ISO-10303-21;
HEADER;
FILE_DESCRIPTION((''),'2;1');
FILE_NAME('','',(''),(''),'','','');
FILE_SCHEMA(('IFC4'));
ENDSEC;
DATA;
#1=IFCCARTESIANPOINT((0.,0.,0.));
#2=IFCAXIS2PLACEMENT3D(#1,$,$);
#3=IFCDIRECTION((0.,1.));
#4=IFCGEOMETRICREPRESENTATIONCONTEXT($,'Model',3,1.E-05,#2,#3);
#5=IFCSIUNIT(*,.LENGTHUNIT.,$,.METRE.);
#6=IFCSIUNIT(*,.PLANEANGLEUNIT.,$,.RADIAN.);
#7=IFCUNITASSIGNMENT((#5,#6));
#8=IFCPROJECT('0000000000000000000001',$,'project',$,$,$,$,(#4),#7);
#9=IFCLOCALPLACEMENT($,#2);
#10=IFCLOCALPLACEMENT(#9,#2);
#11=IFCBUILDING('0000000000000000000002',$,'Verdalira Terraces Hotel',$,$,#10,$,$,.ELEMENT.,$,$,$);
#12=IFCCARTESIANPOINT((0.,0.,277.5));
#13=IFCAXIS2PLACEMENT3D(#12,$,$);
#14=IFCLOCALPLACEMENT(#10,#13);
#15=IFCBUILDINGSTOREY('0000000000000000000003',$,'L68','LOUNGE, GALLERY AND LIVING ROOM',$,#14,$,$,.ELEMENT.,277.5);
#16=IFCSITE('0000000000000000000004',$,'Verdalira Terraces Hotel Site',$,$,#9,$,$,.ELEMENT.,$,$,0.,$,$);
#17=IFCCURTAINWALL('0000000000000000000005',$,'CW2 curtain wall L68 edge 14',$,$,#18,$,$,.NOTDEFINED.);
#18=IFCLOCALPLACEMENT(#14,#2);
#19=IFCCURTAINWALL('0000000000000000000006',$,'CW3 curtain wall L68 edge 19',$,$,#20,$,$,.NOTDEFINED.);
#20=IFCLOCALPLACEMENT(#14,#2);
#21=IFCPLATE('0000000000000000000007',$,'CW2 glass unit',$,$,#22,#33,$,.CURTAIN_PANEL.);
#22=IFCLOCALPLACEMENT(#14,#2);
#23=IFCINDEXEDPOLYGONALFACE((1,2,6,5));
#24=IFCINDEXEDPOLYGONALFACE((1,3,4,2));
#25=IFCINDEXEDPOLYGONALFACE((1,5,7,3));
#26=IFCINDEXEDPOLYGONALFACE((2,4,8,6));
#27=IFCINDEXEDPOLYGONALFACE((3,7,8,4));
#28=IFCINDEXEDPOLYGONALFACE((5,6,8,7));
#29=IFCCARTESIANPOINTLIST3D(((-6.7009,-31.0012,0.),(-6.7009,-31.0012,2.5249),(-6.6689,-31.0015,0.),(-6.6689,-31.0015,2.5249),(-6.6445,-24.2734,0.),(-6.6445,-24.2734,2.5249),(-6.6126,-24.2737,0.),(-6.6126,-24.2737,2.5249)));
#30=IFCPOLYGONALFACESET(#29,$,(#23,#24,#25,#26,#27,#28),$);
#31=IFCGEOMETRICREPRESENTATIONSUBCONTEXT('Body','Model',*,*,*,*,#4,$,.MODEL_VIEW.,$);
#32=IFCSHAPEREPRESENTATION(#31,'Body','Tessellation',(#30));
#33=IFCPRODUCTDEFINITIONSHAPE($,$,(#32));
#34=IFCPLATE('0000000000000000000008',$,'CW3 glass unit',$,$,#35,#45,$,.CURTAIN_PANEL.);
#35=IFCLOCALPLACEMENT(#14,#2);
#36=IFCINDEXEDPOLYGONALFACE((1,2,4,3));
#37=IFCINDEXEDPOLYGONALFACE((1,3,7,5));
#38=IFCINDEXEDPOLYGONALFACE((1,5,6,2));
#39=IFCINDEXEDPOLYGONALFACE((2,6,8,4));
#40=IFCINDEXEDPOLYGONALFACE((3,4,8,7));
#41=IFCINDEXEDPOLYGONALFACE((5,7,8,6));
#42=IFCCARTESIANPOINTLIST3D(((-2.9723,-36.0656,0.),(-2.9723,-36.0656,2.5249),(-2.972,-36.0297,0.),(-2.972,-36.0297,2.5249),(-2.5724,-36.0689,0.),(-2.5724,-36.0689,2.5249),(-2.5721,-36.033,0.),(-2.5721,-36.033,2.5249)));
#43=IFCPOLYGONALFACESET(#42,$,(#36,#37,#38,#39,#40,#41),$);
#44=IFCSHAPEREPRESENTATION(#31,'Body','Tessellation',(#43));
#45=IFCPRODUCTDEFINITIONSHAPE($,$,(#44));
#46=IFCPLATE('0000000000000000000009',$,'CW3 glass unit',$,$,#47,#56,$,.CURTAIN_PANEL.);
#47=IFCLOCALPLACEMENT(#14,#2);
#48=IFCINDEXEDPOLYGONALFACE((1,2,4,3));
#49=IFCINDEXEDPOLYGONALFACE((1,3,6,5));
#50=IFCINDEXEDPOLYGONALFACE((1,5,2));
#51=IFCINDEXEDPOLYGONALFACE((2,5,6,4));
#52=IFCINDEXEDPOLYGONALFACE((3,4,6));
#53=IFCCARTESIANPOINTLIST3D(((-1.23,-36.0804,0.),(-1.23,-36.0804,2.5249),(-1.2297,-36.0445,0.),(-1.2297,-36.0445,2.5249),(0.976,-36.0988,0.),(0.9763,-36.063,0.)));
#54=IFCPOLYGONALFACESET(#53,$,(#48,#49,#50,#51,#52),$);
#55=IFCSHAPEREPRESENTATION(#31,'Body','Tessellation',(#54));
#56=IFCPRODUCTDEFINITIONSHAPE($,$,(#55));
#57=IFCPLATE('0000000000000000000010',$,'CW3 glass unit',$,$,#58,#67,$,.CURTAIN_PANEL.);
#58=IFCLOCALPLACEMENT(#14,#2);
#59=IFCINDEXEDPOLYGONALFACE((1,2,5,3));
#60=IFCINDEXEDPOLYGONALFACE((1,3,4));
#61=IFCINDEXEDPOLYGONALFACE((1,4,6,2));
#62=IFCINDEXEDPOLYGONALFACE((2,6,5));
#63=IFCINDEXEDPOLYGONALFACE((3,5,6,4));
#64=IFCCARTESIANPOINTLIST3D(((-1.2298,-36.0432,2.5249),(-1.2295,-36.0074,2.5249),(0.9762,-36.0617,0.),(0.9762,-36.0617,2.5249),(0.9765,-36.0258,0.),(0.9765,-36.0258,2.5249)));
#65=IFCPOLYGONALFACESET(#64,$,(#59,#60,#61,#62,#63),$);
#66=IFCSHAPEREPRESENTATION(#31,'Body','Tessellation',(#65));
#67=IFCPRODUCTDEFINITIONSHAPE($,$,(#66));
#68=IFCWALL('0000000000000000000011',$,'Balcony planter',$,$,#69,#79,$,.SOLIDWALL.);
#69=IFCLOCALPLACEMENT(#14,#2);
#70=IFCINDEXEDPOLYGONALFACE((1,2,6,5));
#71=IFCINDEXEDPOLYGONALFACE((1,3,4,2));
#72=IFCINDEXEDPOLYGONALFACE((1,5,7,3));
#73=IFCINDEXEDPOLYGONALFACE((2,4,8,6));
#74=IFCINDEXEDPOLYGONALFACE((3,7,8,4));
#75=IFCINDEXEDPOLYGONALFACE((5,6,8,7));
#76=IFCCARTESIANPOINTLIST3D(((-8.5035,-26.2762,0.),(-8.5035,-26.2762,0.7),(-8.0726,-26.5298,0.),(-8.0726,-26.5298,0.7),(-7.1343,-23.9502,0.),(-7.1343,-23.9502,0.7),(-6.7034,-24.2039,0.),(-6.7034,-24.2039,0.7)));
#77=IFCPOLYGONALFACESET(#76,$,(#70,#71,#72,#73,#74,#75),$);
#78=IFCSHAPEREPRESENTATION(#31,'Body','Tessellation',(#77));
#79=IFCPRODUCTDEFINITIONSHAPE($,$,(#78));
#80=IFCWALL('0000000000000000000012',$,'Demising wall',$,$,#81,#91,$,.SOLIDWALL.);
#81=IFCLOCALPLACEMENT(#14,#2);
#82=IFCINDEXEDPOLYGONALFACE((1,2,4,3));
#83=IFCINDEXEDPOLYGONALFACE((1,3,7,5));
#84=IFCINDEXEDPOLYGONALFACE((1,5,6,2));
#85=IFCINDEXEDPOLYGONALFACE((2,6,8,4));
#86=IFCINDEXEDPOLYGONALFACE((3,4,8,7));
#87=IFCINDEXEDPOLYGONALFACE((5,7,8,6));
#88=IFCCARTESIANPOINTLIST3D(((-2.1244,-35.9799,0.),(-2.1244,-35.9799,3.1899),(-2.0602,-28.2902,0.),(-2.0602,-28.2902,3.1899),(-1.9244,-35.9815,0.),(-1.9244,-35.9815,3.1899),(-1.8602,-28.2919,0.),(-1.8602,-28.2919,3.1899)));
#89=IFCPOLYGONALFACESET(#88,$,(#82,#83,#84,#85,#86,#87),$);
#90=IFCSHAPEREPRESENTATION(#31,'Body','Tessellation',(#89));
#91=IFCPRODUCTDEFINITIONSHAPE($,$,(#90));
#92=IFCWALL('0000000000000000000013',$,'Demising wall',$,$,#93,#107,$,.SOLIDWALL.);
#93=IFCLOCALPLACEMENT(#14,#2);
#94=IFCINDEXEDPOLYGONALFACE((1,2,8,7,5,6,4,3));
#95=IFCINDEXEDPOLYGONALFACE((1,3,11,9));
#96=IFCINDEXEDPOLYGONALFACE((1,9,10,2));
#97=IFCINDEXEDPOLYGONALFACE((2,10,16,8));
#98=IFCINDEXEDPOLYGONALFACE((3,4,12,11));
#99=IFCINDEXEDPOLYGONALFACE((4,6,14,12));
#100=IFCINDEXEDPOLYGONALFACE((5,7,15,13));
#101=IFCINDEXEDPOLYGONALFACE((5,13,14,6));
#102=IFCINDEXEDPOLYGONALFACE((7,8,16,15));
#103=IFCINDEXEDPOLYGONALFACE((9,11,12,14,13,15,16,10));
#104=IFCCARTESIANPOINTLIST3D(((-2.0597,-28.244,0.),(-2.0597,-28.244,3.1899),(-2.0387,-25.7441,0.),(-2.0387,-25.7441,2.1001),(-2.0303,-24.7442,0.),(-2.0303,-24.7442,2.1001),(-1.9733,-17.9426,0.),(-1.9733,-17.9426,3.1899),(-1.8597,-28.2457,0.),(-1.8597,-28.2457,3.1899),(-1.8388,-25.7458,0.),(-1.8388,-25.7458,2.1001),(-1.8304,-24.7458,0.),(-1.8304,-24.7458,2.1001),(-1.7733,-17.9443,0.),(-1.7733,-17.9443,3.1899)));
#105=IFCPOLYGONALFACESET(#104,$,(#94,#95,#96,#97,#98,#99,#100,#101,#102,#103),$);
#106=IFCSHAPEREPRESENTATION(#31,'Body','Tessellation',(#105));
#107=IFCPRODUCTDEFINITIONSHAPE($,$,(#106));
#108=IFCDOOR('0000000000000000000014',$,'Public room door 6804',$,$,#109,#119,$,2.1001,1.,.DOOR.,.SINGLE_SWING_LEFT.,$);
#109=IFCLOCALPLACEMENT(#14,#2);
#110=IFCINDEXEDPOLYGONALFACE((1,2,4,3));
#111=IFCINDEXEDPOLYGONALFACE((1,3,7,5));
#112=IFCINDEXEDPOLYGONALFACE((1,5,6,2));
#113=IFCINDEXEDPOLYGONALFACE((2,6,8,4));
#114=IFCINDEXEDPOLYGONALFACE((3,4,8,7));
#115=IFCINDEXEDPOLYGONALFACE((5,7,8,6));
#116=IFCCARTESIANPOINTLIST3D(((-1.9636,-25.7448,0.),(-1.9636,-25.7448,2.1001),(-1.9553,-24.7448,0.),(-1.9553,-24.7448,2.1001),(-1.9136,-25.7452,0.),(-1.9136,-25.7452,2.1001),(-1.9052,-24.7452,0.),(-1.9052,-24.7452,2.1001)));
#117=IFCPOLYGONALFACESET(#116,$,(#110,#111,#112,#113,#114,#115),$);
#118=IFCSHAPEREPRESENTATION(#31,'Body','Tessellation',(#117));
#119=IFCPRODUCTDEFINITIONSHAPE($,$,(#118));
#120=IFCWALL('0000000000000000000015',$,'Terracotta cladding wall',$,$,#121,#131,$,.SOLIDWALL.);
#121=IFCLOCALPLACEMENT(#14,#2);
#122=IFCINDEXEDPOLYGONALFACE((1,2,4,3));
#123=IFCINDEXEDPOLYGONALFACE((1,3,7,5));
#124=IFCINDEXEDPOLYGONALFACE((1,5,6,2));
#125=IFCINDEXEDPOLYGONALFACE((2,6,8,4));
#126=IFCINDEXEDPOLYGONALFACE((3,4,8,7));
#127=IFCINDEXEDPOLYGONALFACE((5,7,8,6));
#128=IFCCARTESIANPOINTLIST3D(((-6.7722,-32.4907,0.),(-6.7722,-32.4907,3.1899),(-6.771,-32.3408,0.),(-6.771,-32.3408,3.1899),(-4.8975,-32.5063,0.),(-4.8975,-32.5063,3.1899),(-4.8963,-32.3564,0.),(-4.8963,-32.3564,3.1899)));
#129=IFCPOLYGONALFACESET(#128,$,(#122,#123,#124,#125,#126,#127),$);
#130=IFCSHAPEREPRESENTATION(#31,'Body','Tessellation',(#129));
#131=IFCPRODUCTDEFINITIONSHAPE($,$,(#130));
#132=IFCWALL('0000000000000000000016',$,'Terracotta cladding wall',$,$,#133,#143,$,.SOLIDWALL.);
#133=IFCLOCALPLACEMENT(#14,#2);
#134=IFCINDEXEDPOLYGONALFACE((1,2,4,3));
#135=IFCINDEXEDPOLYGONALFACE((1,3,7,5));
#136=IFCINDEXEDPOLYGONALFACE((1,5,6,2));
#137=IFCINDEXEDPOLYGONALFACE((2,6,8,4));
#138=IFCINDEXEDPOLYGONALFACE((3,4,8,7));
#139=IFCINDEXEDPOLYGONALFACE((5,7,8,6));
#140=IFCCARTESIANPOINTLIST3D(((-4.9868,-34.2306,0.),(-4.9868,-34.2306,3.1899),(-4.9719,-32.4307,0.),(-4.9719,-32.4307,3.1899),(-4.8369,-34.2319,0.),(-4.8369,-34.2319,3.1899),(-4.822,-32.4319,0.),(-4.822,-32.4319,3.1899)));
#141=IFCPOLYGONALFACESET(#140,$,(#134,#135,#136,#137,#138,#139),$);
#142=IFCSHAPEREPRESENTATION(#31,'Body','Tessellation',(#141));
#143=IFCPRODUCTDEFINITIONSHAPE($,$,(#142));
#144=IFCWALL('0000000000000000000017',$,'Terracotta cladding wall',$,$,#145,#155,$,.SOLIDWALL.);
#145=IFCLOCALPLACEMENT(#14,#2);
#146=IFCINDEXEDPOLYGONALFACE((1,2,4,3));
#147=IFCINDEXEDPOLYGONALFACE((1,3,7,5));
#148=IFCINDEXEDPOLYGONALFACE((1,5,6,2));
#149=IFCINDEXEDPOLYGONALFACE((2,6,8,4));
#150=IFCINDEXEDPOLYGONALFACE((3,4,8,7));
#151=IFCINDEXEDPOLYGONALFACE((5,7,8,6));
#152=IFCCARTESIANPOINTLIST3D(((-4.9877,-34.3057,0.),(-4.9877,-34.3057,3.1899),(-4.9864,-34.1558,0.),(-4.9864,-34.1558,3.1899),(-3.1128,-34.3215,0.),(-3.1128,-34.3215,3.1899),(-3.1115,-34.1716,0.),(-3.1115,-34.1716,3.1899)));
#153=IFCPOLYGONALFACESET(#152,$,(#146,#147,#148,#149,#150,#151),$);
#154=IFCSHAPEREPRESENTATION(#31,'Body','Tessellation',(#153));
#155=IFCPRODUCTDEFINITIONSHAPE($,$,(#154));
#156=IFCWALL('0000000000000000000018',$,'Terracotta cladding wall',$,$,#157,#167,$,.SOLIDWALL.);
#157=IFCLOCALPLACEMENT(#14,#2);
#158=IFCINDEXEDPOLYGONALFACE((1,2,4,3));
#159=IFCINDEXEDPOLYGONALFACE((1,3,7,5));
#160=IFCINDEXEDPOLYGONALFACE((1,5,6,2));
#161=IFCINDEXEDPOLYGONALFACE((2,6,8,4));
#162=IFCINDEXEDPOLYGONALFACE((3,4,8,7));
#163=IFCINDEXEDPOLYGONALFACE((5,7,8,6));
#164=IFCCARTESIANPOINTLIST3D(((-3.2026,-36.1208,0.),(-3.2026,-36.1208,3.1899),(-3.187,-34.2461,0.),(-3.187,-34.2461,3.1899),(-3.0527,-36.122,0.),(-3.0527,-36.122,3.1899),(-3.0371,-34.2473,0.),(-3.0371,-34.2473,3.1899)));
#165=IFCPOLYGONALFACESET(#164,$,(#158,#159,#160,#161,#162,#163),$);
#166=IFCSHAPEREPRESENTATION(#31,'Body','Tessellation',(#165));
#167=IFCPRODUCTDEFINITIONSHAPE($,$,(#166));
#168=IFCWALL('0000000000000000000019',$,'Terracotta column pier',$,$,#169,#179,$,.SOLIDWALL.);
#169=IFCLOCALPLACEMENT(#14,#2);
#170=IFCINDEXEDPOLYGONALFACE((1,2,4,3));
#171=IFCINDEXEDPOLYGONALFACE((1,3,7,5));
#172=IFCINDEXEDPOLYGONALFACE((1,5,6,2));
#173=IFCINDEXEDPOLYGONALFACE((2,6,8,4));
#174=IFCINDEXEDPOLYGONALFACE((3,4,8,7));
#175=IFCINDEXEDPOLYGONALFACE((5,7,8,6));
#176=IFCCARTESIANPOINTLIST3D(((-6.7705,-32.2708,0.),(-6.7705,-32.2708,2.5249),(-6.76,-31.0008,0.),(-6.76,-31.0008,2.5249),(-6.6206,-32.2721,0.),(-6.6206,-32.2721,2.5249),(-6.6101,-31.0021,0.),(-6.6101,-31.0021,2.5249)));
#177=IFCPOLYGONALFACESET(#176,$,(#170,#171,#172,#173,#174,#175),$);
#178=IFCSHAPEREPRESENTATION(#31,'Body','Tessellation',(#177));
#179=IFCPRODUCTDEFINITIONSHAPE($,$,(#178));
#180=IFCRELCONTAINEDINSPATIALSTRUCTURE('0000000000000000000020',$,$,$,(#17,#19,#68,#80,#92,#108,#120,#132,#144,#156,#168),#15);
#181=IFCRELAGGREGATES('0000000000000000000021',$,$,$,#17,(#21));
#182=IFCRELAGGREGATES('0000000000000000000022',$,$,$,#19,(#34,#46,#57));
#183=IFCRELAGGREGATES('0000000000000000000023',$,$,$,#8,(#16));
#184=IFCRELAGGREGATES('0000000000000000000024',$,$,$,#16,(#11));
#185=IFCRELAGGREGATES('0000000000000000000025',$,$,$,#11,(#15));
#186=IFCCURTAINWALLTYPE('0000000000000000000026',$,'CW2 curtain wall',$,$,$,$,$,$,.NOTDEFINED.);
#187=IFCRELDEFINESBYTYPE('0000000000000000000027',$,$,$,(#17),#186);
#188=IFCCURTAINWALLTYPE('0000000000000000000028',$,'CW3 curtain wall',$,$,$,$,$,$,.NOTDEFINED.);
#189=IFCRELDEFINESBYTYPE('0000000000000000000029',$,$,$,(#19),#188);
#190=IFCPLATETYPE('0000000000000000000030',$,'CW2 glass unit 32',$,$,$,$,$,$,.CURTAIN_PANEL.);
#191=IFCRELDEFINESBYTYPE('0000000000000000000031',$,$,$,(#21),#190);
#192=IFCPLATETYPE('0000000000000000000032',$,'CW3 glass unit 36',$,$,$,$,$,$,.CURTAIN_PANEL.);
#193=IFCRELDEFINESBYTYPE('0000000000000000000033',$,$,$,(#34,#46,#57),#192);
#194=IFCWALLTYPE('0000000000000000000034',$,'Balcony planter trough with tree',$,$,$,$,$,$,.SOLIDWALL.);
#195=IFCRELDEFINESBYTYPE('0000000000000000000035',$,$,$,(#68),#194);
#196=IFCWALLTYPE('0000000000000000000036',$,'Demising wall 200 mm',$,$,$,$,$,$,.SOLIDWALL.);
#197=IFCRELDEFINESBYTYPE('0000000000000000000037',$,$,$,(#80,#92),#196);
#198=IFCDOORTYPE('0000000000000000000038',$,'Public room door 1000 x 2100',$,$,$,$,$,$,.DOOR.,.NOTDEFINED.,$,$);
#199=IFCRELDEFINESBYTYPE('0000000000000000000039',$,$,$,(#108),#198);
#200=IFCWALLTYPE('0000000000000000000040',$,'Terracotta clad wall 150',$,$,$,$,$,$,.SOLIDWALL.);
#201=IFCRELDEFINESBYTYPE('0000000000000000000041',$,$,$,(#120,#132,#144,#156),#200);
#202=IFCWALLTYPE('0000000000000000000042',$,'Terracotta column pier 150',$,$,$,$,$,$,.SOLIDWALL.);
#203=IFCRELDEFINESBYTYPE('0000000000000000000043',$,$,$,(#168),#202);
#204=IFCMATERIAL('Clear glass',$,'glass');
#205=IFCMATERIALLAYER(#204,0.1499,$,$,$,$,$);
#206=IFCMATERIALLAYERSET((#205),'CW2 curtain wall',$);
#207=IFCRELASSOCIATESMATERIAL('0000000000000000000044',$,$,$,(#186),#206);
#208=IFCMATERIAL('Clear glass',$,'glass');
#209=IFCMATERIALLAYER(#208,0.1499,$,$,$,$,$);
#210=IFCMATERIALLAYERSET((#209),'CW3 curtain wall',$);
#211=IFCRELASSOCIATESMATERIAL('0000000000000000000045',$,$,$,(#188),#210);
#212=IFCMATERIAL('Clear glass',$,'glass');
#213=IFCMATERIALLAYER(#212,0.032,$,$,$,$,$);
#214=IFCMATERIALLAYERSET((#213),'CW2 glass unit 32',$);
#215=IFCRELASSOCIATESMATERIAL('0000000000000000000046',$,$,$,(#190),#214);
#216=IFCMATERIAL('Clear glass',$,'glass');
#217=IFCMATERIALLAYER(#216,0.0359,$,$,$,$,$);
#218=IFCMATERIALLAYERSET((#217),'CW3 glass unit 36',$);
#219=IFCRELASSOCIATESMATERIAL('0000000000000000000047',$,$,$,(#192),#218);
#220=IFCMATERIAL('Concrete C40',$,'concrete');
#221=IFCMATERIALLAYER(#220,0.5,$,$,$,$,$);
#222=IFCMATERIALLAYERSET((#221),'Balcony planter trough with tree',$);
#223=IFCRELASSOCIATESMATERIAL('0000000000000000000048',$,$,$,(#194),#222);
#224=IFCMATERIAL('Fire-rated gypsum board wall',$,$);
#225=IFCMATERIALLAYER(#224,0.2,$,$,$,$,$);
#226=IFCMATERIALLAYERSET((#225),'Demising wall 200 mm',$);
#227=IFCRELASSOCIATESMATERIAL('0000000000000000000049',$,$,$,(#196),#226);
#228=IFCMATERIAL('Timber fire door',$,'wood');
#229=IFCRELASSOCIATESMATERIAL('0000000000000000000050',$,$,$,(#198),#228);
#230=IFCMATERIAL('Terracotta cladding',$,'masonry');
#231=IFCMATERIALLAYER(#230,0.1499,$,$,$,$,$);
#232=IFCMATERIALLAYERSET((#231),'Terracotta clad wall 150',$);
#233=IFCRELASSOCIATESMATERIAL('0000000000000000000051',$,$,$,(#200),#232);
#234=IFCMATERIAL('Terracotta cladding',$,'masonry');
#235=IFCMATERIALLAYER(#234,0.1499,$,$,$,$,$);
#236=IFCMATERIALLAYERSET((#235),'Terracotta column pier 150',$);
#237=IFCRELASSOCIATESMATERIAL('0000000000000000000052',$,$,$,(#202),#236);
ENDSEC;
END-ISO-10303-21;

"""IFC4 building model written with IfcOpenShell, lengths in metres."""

from ifc_helpers import new_model, si_unit, direction, frame, frame_2d, origin, origin_2d, place, context, subcontext, project, spatial, polyline, rectangle, outline, extrude, material, layer, layer_set, type_object, element, fill, aggregate, save


model = new_model("IFC4")

# Units and contexts
model_context = context("Model", 3, precision=1e-05, world=origin(), true_north=direction((0.0, 1.0)))
body_context = subcontext(model_context, "Body", "Model", "MODEL_VIEW")
ifc_project = project(units=[si_unit("LENGTHUNIT", "METRE"), si_unit("PLANEANGLEUNIT", "RADIAN")], contexts=[model_context])

# Site, building, storey
site_placement = place(None, origin())
site = spatial("IfcSite", under=ifc_project, at=site_placement, Name="Verdalira Terraces Hotel Site", CompositionType="ELEMENT", RefElevation=0.0)
building_placement = place(site_placement, origin())
building = spatial("IfcBuilding", under=site, at=building_placement, Name="Verdalira Terraces Hotel", CompositionType="ELEMENT")
storey_placement = place(building_placement, frame((0.0, 0.0, 277.5)))
storey = spatial("IfcBuildingStorey", under=building, at=storey_placement, Name="L68", Description="LOUNGE, GALLERY AND LIVING ROOM", CompositionType="ELEMENT", Elevation=277.5)

# Curtain walls
ifc_material_1 = material(Name="Clear glass", Category="glass")
ifc_layer_1 = layer(ifc_material_1, 0.1499)
ifc_layer_set_1 = layer_set([ifc_layer_1], Name="CW2 curtain wall")
curtain_wall_type_1 = type_object("IfcCurtainWallType", Name="CW2 curtain wall", PredefinedType="NOTDEFINED", material=ifc_layer_set_1)
curtain_wall_1_placement = place(storey_placement, origin())
curtain_wall_1 = element("IfcCurtainWall", 1, at=curtain_wall_1_placement, inside=storey, type_object=curtain_wall_type_1, Name="CW2 curtain wall L68 edge 14", PredefinedType="NOTDEFINED")
ifc_material_2 = material(Name="Clear glass", Category="glass")
ifc_layer_2 = layer(ifc_material_2, 0.1499)
ifc_layer_set_2 = layer_set([ifc_layer_2], Name="CW3 curtain wall")
curtain_wall_type_2 = type_object("IfcCurtainWallType", Name="CW3 curtain wall", PredefinedType="NOTDEFINED", material=ifc_layer_set_2)
curtain_wall_2_placement = place(storey_placement, origin())
curtain_wall_2 = element("IfcCurtainWall", 2, at=curtain_wall_2_placement, inside=storey, type_object=curtain_wall_type_2, Name="CW3 curtain wall L68 edge 19", PredefinedType="NOTDEFINED")

# Plates
ifc_material_3 = material(Name="Clear glass", Category="glass")
ifc_layer_3 = layer(ifc_material_3, 0.032)
ifc_layer_set_3 = layer_set([ifc_layer_3], Name="CW2 glass unit 32")
plate_type_1 = type_object("IfcPlateType", Name="CW2 glass unit 32", PredefinedType="CURTAIN_PANEL", material=ifc_layer_set_3)
plate_1_placement = place(storey_placement, frame((-6.6567, -27.6375, 0.0), z_axis=(0.0, 0.0, 1.0), x_axis=(-0.008377, -0.999965, 0.0)))
plate_1 = element("IfcPlate", 3, at=plate_1_placement, type_object=plate_type_1, Name="CW2 glass unit", PredefinedType="CURTAIN_PANEL", context=body_context, shape_type="SweptSolid", body=[
    extrude(rectangle(XDim=6.728, YDim=0.032, at=origin_2d()), origin(), (0.0, 0.0, 1.0), 2.5249),
])
aggregate(curtain_wall_1, [plate_1])
ifc_material_4 = material(Name="Clear glass", Category="glass")
ifc_layer_4 = layer(ifc_material_4, 0.0359)
ifc_layer_set_4 = layer_set([ifc_layer_4], Name="CW3 glass unit 36")
plate_type_2 = type_object("IfcPlateType", Name="CW3 glass unit 36", PredefinedType="CURTAIN_PANEL", material=ifc_layer_set_4)
plate_2_placement = place(storey_placement, frame((-2.7722, -36.0493, 0.0), z_axis=(0.0, 0.0, 1.0), x_axis=(0.999965, -0.008377, 0.0)))
plate_2 = element("IfcPlate", 4, at=plate_2_placement, type_object=plate_type_2, Name="CW3 glass unit", PredefinedType="CURTAIN_PANEL", context=body_context, shape_type="SweptSolid", body=[
    extrude(rectangle(XDim=0.3999, YDim=0.0359, at=origin_2d()), origin(), (0.0, 0.0, 1.0), 2.5249),
])
plate_3_placement = place(storey_placement, frame((-0.1267, -36.0537, 1.2625), z_axis=(-0.008377, -0.999965, 0.0), x_axis=(0.999965, -0.008377, 0.0)))
plate_3 = element("IfcPlate", 5, at=plate_3_placement, type_object=plate_type_2, Name="CW3 glass unit", PredefinedType="CURTAIN_PANEL", context=body_context, shape_type="SweptSolid", body=[
    extrude(outline(polyline([(-1.103, -1.2625), (1.103, -1.2625), (-1.103, 1.2625), (-1.103, -1.2625)])), origin(), (0.0, 0.0, 1.0), 0.0359),
])
plate_4_placement = place(storey_placement, frame((-0.1265, -36.0166, 1.2625), z_axis=(-0.008377, -0.999965, 0.0), x_axis=(0.999965, -0.008377, 0.0)))
plate_4 = element("IfcPlate", 6, at=plate_4_placement, type_object=plate_type_2, Name="CW3 glass unit", PredefinedType="CURTAIN_PANEL", context=body_context, shape_type="SweptSolid", body=[
    extrude(outline(polyline([(1.103, -1.2625), (1.103, 1.2625), (-1.103, 1.2625), (1.103, -1.2625)])), origin(), (0.0, 0.0, 1.0), 0.0359),
])
aggregate(curtain_wall_2, [plate_2, plate_3, plate_4])

# Walls
ifc_material_5 = material(Name="Concrete C40", Category="concrete")
ifc_layer_5 = layer(ifc_material_5, 0.5)
ifc_layer_set_5 = layer_set([ifc_layer_5], Name="Balcony planter trough with tree")
wall_type_1 = type_object("IfcWallType", Name="Balcony planter trough with tree", PredefinedType="SOLIDWALL", material=ifc_layer_set_5)
wall_1_placement = place(storey_placement, frame((-8.2881, -26.4031, 0.0), z_axis=(0.0, 0.0, 1.0), x_axis=(0.507281, 0.861781, 0.0)))
element("IfcWall", 7, at=wall_1_placement, inside=storey, type_object=wall_type_1, Name="Balcony planter", PredefinedType="SOLIDWALL", context=body_context, shape_type="SweptSolid", body=[
    extrude(rectangle(XDim=2.699, YDim=0.5, at=frame_2d((1.3496, 0.0))), origin(), (0.0, 0.0, 1.0), 0.7),
])
ifc_material_6 = material(Name="Fire-rated gypsum board wall")
ifc_layer_6 = layer(ifc_material_6, 0.2)
ifc_layer_set_6 = layer_set([ifc_layer_6], Name="Demising wall 200 mm")
wall_type_2 = type_object("IfcWallType", Name="Demising wall 200 mm", PredefinedType="SOLIDWALL", material=ifc_layer_set_6)
wall_2_placement = place(storey_placement, frame((-1.9602, -28.291, 0.0), z_axis=(0.0, 0.0, 1.0), x_axis=(-0.00835, -0.999965, 0.0)))
element("IfcWall", 8, at=wall_2_placement, inside=storey, type_object=wall_type_2, Name="Demising wall", PredefinedType="SOLIDWALL", context=body_context, shape_type="SweptSolid", body=[
    extrude(rectangle(XDim=7.6899, YDim=0.2, at=frame_2d((3.845, 0.0))), origin(), (0.0, 0.0, 1.0), 3.1899),
])

# Wall, opening, door
wall_3_placement = place(storey_placement, frame((-1.9597, -28.2449, 0.0), z_axis=(0.0, 0.0, 1.0), x_axis=(0.008389, 0.999965, 0.0)))
wall_3 = element("IfcWall", 9, at=wall_3_placement, inside=storey, type_object=wall_type_2, Name="Demising wall", PredefinedType="SOLIDWALL", context=body_context, shape_type="SweptSolid", body=[
    extrude(rectangle(XDim=10.3018, YDim=0.2, at=frame_2d((5.1509, 0.0))), origin(), (0.0, 0.0, 1.0), 3.1899),
])
opening_placement = place(wall_3_placement, frame((2.5, 0.0, 0.0)))
opening = element("IfcOpeningElement", 10, at=opening_placement, cuts=wall_3, PredefinedType="OPENING", context=body_context, shape_type="SweptSolid", body=[
    extrude(rectangle(XDim=1.0, YDim=2.1001, at=frame_2d((0.5, 1.05))), frame((0.0, 0.1099, 0.0), z_axis=(0.0, -1.0, 0.0), x_axis=(1.0, 0.0, 0.0)), (0.0, 0.0, 1.0), 0.22),
])
ifc_material_7 = material(Name="Timber fire door", Category="wood")
door_type = type_object("IfcDoorType", Name="Public room door 1000 x 2100", OperationType="NOTDEFINED", PredefinedType="DOOR", material=ifc_material_7)
door_placement = place(opening_placement, origin())
door = element("IfcDoor", 11, at=door_placement, inside=storey, type_object=door_type, Name="Public room door 6804", OperationType="SINGLE_SWING_LEFT", OverallHeight=2.1001, OverallWidth=1.0, PredefinedType="DOOR", context=body_context, shape_type="SweptSolid", body=[
    extrude(rectangle(XDim=1.0, YDim=2.1001, at=frame_2d((0.5, 1.05))), frame((0.0, 0.0249, 0.0), z_axis=(0.0, -1.0, 0.0), x_axis=(1.0, 0.0, 0.0)), (0.0, 0.0, 1.0), 0.05),
])
fill(opening, door)

# Walls
ifc_material_8 = material(Name="Terracotta cladding", Category="masonry")
ifc_layer_7 = layer(ifc_material_8, 0.1499)
ifc_layer_set_7 = layer_set([ifc_layer_7], Name="Terracotta clad wall 150")
wall_type_3 = type_object("IfcWallType", Name="Terracotta clad wall 150", PredefinedType="SOLIDWALL", material=ifc_layer_set_7)
wall_4_placement = place(storey_placement, frame((-6.7717, -32.4158, 0.0), z_axis=(0.0, 0.0, 1.0), x_axis=(0.999965, -0.008334, 0.0)))
element("IfcWall", 12, at=wall_4_placement, inside=storey, type_object=wall_type_3, Name="Terracotta cladding wall", PredefinedType="SOLIDWALL", context=body_context, shape_type="SweptSolid", body=[
    extrude(rectangle(XDim=1.8748, YDim=0.1499, at=frame_2d((0.9375, 0.0))), origin(), (0.0, 0.0, 1.0), 3.1899),
])
wall_5_placement = place(storey_placement, frame((-4.897, -32.4314, 0.0), z_axis=(0.0, 0.0, 1.0), x_axis=(-0.008273, -0.999966, 0.0)))
element("IfcWall", 13, at=wall_5_placement, inside=storey, type_object=wall_type_3, Name="Terracotta cladding wall", PredefinedType="SOLIDWALL", context=body_context, shape_type="SweptSolid", body=[
    extrude(rectangle(XDim=1.8, YDim=0.1499, at=frame_2d((0.8999, 0.0))), origin(), (0.0, 0.0, 1.0), 3.1899),
])
wall_6_placement = place(storey_placement, frame((-4.9871, -34.2307, 0.0), z_axis=(0.0, 0.0, 1.0), x_axis=(0.999964, -0.008463, 0.0)))
element("IfcWall", 14, at=wall_6_placement, inside=storey, type_object=wall_type_3, Name="Terracotta cladding wall", PredefinedType="SOLIDWALL", context=body_context, shape_type="SweptSolid", body=[
    extrude(rectangle(XDim=1.875, YDim=0.1499, at=frame_2d((0.9375, 0.0))), origin(), (0.0, 0.0, 1.0), 3.1899),
])
wall_7_placement = place(storey_placement, frame((-3.1121, -34.2466, 0.0), z_axis=(0.0, 0.0, 1.0), x_axis=(-0.008334, -0.999965, 0.0)))
element("IfcWall", 15, at=wall_7_placement, inside=storey, type_object=wall_type_3, Name="Terracotta cladding wall", PredefinedType="SOLIDWALL", context=body_context, shape_type="SweptSolid", body=[
    extrude(rectangle(XDim=1.8748, YDim=0.1499, at=frame_2d((0.9375, 0.0))), origin(), (0.0, 0.0, 1.0), 3.1899),
])
ifc_material_9 = material(Name="Terracotta cladding", Category="masonry")
ifc_layer_8 = layer(ifc_material_9, 0.1499)
ifc_layer_set_8 = layer_set([ifc_layer_8], Name="Terracotta column pier 150")
wall_type_4 = type_object("IfcWallType", Name="Terracotta column pier 150", PredefinedType="SOLIDWALL", material=ifc_layer_set_8)
wall_8_placement = place(storey_placement, frame((-6.6851, -31.0015, 0.0), z_axis=(0.0, 0.0, 1.0), x_axis=(-0.008266, -0.999966, 0.0)))
element("IfcWall", 16, at=wall_8_placement, inside=storey, type_object=wall_type_4, Name="Terracotta column pier", PredefinedType="SOLIDWALL", context=body_context, shape_type="SweptSolid", body=[
    extrude(rectangle(XDim=1.27, YDim=0.1499, at=frame_2d((0.635, 0.0))), origin(), (0.0, 0.0, 1.0), 2.5249),
])

save(model, "model.ifc")
